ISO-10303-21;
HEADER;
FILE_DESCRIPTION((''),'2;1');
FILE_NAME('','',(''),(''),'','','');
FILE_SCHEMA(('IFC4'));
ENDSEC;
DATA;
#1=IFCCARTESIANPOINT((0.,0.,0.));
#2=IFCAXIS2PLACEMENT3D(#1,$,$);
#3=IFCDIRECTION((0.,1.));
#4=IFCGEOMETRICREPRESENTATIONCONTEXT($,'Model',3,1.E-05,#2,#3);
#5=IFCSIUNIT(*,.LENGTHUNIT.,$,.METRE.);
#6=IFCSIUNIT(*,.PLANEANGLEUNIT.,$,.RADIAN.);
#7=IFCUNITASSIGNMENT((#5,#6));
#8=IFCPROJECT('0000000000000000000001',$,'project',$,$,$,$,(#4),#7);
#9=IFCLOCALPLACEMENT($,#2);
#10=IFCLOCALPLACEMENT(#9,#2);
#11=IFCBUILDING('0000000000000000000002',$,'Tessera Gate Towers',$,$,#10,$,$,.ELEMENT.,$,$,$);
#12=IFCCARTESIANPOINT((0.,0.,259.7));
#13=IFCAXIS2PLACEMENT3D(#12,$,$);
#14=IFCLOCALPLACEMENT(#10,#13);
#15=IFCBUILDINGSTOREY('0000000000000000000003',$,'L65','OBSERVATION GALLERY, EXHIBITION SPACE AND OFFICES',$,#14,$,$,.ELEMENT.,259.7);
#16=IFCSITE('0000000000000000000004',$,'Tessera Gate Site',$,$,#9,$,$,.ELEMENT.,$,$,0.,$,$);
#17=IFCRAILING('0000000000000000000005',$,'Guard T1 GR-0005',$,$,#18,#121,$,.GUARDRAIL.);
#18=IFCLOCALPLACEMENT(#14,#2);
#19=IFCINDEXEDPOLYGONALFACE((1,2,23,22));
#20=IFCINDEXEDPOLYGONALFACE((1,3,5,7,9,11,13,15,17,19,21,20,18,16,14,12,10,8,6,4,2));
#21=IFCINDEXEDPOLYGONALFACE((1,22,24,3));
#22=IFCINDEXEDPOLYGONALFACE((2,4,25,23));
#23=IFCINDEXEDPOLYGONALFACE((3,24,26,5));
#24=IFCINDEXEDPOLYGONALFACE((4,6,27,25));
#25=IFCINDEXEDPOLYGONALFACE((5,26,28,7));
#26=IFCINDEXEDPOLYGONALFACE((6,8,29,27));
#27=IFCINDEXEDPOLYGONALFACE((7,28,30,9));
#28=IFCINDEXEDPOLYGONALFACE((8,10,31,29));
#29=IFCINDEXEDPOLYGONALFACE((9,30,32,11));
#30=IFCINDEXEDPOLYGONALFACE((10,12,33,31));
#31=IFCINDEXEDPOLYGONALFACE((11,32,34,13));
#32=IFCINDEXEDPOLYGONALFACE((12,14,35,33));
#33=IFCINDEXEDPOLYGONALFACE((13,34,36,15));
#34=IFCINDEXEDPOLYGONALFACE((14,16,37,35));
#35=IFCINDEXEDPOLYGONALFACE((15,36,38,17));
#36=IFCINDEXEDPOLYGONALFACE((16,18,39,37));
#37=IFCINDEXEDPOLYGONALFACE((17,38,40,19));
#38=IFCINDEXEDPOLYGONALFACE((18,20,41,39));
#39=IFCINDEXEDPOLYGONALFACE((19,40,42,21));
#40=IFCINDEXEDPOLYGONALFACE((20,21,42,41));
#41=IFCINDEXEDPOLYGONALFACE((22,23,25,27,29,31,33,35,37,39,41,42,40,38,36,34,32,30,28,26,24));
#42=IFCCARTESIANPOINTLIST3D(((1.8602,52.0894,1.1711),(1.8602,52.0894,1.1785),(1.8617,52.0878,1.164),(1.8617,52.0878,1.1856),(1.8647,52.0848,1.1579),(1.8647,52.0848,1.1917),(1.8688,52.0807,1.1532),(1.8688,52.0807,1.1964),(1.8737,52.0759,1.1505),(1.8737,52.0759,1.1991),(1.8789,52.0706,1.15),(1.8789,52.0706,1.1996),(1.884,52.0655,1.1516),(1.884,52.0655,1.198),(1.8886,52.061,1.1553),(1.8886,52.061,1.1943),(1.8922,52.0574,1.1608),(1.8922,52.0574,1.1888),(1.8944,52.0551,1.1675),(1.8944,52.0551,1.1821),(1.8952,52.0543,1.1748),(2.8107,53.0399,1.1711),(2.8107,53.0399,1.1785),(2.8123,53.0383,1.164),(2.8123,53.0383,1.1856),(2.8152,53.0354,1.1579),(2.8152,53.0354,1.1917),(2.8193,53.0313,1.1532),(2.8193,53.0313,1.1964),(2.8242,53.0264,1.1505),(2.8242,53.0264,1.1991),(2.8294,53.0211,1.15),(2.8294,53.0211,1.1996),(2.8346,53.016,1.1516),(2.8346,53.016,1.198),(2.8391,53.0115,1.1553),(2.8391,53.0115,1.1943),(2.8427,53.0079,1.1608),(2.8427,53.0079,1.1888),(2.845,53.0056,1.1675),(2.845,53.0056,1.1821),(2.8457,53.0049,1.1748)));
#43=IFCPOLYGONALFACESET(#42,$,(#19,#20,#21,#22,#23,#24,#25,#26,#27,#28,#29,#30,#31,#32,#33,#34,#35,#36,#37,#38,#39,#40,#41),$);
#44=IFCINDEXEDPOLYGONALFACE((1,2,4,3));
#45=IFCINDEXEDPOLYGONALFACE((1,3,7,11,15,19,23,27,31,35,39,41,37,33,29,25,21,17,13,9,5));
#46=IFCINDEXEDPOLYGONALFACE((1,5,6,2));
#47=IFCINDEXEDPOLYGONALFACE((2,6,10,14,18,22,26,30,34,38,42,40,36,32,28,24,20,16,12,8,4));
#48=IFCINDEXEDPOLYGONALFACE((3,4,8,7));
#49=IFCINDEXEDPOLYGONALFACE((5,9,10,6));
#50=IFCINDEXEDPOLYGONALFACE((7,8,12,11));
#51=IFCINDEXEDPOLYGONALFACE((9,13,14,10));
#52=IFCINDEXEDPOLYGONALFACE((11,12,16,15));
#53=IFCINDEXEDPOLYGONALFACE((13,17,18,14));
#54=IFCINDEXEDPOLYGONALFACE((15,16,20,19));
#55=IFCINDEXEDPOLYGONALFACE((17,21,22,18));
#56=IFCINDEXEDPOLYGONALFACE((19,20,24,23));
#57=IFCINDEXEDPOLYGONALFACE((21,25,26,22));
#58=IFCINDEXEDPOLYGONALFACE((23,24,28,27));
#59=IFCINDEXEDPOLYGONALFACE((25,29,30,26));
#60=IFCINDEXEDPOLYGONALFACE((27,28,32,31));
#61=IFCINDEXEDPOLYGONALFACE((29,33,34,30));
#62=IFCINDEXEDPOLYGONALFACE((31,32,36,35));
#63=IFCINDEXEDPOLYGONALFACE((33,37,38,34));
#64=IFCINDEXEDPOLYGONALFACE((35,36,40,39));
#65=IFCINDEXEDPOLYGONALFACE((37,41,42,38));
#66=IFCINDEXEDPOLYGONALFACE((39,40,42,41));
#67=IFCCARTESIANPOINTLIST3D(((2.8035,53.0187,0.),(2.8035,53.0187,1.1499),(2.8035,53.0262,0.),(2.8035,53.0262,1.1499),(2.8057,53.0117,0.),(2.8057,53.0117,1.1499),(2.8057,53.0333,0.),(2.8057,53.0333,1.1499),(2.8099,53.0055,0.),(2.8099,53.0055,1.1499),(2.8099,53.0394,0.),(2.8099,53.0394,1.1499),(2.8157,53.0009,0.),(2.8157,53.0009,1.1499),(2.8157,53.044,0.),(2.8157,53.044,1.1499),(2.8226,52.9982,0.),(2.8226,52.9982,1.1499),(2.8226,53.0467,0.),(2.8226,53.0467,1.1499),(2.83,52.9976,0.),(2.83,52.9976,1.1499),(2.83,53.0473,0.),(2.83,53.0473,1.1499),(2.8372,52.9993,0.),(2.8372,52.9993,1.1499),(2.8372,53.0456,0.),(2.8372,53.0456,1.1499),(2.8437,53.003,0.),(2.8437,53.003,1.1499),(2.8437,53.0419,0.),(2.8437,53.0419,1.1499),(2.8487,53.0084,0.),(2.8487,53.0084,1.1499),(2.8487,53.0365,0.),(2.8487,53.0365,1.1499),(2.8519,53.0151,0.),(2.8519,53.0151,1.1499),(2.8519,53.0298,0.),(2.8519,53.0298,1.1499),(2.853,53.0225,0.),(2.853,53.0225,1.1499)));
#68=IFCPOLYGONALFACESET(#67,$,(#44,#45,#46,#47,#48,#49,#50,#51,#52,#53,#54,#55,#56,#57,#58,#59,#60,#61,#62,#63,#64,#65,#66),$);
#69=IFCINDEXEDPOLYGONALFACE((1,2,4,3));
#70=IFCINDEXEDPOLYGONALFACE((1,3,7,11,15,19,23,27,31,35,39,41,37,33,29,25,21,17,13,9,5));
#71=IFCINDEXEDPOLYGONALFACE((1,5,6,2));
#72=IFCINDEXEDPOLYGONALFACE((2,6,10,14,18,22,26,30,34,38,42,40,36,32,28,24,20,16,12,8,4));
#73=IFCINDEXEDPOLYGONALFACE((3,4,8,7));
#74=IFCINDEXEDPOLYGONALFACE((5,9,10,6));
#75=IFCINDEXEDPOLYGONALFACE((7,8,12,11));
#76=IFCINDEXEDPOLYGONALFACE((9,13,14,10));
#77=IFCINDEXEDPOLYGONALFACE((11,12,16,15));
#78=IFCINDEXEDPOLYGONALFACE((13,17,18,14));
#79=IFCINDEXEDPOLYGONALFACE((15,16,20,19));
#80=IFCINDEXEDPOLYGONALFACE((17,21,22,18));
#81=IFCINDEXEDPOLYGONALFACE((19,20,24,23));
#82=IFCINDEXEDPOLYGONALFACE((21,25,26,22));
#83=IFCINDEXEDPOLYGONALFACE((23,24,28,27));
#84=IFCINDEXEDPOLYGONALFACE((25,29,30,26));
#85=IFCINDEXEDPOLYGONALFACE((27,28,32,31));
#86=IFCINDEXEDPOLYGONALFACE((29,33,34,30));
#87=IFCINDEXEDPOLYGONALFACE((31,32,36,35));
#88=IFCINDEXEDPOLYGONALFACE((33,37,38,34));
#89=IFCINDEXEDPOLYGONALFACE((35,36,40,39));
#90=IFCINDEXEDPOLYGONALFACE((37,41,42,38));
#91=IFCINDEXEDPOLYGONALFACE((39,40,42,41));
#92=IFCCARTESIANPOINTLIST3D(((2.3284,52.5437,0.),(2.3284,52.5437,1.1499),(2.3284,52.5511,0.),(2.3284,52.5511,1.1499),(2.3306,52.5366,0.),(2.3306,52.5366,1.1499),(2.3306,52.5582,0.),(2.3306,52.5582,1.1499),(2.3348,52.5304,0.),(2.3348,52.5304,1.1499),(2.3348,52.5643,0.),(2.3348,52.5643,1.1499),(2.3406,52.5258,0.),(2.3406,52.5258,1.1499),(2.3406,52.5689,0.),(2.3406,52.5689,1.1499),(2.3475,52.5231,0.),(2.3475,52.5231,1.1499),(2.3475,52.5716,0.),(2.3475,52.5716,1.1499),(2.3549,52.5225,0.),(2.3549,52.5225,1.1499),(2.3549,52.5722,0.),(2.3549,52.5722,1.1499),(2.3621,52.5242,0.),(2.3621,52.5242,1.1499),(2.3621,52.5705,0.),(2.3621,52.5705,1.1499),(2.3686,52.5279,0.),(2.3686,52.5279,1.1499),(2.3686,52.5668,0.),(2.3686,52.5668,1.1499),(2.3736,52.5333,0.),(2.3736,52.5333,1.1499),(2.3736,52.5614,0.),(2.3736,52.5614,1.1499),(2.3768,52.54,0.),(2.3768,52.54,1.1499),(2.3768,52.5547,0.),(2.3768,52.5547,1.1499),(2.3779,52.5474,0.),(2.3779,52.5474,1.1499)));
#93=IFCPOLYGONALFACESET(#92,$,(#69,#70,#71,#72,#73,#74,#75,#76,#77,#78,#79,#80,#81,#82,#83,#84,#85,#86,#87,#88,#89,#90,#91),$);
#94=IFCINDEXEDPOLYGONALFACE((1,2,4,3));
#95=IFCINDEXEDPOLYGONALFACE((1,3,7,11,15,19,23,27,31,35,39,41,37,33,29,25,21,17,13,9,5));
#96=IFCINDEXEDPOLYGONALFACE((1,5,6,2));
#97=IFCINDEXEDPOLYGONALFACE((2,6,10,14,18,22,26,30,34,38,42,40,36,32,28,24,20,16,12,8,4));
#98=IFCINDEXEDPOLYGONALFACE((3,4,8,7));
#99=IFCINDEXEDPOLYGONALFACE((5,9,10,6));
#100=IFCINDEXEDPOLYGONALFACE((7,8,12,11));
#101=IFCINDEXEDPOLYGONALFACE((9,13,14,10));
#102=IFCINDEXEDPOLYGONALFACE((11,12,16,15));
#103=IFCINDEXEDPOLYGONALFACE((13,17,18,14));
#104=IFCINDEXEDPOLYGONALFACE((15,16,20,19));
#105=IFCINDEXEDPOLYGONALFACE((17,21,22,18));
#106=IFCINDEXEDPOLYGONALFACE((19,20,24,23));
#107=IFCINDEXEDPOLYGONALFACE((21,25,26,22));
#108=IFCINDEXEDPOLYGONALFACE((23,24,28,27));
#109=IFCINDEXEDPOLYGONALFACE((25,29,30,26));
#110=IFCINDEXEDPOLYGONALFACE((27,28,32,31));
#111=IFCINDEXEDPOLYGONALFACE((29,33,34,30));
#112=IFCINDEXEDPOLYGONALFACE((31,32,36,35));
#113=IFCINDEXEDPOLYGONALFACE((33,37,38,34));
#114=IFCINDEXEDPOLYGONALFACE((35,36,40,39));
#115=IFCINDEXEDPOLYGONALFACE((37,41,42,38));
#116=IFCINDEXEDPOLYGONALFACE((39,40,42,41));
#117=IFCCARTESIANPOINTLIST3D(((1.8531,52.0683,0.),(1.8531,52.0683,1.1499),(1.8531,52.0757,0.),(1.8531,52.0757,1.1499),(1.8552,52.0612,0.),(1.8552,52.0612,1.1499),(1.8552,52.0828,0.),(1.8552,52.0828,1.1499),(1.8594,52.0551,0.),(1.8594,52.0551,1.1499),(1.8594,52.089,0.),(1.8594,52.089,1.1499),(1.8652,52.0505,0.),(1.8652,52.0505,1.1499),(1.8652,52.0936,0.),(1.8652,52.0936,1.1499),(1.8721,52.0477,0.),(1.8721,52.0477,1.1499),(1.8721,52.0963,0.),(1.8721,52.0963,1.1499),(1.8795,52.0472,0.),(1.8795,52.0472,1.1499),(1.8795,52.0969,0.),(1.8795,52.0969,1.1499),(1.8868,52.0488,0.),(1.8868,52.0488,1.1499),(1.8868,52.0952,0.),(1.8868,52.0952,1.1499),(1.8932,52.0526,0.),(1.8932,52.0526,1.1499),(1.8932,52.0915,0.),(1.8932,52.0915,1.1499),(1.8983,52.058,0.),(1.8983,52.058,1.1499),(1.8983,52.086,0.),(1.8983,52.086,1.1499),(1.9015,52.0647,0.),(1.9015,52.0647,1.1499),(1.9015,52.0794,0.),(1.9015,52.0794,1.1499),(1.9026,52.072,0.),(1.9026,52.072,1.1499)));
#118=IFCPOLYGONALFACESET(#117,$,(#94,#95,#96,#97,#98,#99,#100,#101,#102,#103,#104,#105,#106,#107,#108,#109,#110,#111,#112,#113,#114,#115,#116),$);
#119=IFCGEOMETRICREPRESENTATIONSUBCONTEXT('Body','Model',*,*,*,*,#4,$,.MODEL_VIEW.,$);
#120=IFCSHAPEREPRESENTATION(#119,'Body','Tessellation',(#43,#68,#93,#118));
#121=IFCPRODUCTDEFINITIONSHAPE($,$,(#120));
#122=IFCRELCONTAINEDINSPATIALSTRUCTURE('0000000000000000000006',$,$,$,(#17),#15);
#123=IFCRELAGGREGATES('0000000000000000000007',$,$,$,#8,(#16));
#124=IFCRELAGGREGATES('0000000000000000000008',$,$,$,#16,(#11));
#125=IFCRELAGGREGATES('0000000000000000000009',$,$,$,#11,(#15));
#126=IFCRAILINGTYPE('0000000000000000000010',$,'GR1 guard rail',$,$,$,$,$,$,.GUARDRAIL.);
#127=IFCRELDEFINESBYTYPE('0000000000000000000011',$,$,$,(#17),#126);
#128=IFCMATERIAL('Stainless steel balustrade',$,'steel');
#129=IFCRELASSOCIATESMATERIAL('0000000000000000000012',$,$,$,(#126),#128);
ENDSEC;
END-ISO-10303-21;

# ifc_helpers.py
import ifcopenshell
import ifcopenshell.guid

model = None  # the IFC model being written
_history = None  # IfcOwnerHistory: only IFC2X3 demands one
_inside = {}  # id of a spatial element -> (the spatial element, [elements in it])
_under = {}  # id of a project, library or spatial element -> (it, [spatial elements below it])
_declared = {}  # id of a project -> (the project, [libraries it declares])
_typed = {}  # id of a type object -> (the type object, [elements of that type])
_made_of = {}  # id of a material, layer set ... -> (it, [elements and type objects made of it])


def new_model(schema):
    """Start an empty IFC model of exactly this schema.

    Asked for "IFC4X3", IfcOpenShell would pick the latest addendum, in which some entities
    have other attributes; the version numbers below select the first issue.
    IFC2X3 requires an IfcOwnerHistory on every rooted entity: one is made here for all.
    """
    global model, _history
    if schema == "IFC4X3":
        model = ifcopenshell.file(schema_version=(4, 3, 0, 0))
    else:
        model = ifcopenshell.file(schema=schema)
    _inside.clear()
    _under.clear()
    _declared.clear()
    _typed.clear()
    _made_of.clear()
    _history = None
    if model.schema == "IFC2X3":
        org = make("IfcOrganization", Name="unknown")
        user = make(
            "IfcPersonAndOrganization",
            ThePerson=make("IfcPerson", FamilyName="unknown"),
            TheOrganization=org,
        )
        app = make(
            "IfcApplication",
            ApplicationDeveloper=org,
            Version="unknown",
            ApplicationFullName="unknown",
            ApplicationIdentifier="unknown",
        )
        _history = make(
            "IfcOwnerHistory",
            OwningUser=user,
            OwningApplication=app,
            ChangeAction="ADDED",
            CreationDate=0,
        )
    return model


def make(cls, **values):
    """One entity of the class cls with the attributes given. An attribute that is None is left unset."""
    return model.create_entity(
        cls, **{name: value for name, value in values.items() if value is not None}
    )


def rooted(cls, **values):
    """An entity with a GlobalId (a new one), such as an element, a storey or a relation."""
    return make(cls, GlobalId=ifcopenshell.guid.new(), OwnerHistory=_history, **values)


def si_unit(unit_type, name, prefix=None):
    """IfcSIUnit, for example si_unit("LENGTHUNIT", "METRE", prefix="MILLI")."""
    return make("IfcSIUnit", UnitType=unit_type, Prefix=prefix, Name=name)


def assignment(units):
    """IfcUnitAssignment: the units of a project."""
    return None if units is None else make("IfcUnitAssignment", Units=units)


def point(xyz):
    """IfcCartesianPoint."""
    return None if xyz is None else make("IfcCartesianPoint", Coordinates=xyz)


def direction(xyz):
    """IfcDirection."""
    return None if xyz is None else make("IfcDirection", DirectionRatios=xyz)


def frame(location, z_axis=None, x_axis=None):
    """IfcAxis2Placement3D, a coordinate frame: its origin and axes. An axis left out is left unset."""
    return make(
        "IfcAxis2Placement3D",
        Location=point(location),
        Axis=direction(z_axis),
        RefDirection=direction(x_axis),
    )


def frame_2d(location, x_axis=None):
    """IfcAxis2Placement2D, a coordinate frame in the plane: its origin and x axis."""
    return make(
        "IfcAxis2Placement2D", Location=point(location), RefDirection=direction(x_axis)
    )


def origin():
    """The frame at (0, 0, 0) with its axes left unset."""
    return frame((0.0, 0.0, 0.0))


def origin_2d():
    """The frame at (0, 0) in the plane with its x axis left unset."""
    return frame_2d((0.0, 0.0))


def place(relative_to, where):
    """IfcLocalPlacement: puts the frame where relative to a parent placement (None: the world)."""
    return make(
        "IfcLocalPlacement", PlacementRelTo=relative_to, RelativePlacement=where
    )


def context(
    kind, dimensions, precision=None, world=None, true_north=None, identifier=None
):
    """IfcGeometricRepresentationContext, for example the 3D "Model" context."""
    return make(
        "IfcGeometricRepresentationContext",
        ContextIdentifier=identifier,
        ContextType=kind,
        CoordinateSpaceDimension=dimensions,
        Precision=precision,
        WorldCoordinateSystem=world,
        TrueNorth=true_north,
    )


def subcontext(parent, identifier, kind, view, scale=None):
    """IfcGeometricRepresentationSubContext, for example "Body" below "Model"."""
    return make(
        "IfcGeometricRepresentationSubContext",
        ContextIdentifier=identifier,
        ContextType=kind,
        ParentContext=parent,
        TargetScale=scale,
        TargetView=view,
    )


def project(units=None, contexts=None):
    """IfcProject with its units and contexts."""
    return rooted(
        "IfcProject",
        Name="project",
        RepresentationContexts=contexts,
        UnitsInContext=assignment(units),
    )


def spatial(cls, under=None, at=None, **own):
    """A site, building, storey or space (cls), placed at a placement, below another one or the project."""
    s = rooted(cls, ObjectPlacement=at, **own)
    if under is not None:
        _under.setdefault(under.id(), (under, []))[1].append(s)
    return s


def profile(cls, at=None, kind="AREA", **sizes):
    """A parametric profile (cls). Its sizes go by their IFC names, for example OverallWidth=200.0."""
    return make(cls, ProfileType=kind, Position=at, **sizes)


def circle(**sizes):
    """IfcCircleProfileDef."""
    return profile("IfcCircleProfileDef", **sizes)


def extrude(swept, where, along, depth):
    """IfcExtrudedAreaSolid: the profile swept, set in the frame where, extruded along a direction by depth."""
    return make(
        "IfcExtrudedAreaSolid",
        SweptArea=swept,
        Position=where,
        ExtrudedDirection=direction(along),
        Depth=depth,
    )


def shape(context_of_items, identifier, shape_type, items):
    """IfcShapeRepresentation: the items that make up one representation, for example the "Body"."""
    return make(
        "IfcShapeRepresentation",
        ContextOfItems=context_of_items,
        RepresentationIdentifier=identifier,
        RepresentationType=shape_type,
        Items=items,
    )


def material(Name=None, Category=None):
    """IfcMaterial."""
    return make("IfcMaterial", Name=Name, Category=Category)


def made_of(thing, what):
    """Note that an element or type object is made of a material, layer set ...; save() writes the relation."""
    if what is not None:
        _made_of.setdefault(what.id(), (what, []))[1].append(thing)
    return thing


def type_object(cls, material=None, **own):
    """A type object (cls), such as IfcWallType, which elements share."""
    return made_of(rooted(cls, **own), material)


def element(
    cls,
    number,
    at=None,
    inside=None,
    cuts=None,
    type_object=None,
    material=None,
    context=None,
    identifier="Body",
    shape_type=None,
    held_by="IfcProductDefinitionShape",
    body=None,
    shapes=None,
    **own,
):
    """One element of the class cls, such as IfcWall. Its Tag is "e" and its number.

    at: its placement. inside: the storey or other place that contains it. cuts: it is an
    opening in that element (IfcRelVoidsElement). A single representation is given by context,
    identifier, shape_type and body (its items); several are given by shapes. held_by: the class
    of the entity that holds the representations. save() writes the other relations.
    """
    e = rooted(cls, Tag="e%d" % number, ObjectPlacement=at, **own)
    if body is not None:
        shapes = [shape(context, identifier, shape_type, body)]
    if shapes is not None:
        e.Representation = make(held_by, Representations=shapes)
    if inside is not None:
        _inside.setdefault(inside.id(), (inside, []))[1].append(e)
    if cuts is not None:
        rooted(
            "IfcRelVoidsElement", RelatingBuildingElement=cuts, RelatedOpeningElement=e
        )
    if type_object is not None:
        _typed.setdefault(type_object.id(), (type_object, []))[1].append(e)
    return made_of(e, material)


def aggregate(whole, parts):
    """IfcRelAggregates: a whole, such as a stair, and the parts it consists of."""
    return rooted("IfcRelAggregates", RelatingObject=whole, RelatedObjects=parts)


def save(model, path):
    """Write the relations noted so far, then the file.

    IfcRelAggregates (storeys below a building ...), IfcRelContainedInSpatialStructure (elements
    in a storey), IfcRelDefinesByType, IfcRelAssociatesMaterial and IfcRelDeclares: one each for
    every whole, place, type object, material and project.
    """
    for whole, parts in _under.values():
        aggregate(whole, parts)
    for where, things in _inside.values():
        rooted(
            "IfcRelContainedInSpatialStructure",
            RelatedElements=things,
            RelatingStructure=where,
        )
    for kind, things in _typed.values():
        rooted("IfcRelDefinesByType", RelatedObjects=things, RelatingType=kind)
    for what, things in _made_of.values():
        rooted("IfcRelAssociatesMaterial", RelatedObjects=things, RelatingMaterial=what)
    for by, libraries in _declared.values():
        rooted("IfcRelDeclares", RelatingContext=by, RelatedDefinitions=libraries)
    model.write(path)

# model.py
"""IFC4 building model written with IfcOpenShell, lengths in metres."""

from ifc_helpers import new_model, si_unit, direction, frame, origin, origin_2d, place, context, subcontext, project, spatial, circle, extrude, material, type_object, element, save


model = new_model("IFC4")

# Units and contexts
model_context = context("Model", 3, precision=1e-05, world=origin(), true_north=direction((0.0, 1.0)))
body_context = subcontext(model_context, "Body", "Model", "MODEL_VIEW")
ifc_project = project(units=[si_unit("LENGTHUNIT", "METRE"), si_unit("PLANEANGLEUNIT", "RADIAN")], contexts=[model_context])

# Site, building, storey
site_placement = place(None, origin())
site = spatial("IfcSite", under=ifc_project, at=site_placement, Name="Tessera Gate Site", CompositionType="ELEMENT", RefElevation=0.0)
building_placement = place(site_placement, origin())
building = spatial("IfcBuilding", under=site, at=building_placement, Name="Tessera Gate Towers", CompositionType="ELEMENT")
storey_placement = place(building_placement, frame((0.0, 0.0, 259.7)))
storey = spatial("IfcBuildingStorey", under=building, at=storey_placement, Name="L65", Description="OBSERVATION GALLERY, EXHIBITION SPACE AND OFFICES", CompositionType="ELEMENT", Elevation=259.7)

# Railing
ifc_material_1 = material(Name="Stainless steel balustrade", Category="steel")
railing_type = type_object("IfcRailingType", Name="GR1 guard rail", PredefinedType="GUARDRAIL", material=ifc_material_1)
railing_1_placement = place(storey_placement, frame((2.8281, 53.0225, 0.0)))
element("IfcRailing", 1, at=railing_1_placement, inside=storey, type_object=railing_type, Name="Guard T1 GR-0005", PredefinedType="GUARDRAIL", context=body_context, shape_type="SweptSolid", body=[
    extrude(circle(Radius=0.0249, at=origin_2d()), frame((0.0, 0.0, 1.1748), z_axis=(-0.707107, -0.707107, 0.0), x_axis=(0.707107, -0.707107, 0.0)), (0.0, 0.0, 1.0), 1.3442),
    extrude(circle(Radius=0.0249, at=origin_2d()), origin(), (0.0, 0.0, 1.0), 1.1499),
    extrude(circle(Radius=0.0249, at=origin_2d()), frame((-0.4751, -0.4751, 0.0)), (0.0, 0.0, 1.0), 1.1499),
    extrude(circle(Radius=0.0249, at=origin_2d()), frame((-0.9504, -0.9504, 0.0)), (0.0, 0.0, 1.0), 1.1499),
])

save(model, "model.ifc")
